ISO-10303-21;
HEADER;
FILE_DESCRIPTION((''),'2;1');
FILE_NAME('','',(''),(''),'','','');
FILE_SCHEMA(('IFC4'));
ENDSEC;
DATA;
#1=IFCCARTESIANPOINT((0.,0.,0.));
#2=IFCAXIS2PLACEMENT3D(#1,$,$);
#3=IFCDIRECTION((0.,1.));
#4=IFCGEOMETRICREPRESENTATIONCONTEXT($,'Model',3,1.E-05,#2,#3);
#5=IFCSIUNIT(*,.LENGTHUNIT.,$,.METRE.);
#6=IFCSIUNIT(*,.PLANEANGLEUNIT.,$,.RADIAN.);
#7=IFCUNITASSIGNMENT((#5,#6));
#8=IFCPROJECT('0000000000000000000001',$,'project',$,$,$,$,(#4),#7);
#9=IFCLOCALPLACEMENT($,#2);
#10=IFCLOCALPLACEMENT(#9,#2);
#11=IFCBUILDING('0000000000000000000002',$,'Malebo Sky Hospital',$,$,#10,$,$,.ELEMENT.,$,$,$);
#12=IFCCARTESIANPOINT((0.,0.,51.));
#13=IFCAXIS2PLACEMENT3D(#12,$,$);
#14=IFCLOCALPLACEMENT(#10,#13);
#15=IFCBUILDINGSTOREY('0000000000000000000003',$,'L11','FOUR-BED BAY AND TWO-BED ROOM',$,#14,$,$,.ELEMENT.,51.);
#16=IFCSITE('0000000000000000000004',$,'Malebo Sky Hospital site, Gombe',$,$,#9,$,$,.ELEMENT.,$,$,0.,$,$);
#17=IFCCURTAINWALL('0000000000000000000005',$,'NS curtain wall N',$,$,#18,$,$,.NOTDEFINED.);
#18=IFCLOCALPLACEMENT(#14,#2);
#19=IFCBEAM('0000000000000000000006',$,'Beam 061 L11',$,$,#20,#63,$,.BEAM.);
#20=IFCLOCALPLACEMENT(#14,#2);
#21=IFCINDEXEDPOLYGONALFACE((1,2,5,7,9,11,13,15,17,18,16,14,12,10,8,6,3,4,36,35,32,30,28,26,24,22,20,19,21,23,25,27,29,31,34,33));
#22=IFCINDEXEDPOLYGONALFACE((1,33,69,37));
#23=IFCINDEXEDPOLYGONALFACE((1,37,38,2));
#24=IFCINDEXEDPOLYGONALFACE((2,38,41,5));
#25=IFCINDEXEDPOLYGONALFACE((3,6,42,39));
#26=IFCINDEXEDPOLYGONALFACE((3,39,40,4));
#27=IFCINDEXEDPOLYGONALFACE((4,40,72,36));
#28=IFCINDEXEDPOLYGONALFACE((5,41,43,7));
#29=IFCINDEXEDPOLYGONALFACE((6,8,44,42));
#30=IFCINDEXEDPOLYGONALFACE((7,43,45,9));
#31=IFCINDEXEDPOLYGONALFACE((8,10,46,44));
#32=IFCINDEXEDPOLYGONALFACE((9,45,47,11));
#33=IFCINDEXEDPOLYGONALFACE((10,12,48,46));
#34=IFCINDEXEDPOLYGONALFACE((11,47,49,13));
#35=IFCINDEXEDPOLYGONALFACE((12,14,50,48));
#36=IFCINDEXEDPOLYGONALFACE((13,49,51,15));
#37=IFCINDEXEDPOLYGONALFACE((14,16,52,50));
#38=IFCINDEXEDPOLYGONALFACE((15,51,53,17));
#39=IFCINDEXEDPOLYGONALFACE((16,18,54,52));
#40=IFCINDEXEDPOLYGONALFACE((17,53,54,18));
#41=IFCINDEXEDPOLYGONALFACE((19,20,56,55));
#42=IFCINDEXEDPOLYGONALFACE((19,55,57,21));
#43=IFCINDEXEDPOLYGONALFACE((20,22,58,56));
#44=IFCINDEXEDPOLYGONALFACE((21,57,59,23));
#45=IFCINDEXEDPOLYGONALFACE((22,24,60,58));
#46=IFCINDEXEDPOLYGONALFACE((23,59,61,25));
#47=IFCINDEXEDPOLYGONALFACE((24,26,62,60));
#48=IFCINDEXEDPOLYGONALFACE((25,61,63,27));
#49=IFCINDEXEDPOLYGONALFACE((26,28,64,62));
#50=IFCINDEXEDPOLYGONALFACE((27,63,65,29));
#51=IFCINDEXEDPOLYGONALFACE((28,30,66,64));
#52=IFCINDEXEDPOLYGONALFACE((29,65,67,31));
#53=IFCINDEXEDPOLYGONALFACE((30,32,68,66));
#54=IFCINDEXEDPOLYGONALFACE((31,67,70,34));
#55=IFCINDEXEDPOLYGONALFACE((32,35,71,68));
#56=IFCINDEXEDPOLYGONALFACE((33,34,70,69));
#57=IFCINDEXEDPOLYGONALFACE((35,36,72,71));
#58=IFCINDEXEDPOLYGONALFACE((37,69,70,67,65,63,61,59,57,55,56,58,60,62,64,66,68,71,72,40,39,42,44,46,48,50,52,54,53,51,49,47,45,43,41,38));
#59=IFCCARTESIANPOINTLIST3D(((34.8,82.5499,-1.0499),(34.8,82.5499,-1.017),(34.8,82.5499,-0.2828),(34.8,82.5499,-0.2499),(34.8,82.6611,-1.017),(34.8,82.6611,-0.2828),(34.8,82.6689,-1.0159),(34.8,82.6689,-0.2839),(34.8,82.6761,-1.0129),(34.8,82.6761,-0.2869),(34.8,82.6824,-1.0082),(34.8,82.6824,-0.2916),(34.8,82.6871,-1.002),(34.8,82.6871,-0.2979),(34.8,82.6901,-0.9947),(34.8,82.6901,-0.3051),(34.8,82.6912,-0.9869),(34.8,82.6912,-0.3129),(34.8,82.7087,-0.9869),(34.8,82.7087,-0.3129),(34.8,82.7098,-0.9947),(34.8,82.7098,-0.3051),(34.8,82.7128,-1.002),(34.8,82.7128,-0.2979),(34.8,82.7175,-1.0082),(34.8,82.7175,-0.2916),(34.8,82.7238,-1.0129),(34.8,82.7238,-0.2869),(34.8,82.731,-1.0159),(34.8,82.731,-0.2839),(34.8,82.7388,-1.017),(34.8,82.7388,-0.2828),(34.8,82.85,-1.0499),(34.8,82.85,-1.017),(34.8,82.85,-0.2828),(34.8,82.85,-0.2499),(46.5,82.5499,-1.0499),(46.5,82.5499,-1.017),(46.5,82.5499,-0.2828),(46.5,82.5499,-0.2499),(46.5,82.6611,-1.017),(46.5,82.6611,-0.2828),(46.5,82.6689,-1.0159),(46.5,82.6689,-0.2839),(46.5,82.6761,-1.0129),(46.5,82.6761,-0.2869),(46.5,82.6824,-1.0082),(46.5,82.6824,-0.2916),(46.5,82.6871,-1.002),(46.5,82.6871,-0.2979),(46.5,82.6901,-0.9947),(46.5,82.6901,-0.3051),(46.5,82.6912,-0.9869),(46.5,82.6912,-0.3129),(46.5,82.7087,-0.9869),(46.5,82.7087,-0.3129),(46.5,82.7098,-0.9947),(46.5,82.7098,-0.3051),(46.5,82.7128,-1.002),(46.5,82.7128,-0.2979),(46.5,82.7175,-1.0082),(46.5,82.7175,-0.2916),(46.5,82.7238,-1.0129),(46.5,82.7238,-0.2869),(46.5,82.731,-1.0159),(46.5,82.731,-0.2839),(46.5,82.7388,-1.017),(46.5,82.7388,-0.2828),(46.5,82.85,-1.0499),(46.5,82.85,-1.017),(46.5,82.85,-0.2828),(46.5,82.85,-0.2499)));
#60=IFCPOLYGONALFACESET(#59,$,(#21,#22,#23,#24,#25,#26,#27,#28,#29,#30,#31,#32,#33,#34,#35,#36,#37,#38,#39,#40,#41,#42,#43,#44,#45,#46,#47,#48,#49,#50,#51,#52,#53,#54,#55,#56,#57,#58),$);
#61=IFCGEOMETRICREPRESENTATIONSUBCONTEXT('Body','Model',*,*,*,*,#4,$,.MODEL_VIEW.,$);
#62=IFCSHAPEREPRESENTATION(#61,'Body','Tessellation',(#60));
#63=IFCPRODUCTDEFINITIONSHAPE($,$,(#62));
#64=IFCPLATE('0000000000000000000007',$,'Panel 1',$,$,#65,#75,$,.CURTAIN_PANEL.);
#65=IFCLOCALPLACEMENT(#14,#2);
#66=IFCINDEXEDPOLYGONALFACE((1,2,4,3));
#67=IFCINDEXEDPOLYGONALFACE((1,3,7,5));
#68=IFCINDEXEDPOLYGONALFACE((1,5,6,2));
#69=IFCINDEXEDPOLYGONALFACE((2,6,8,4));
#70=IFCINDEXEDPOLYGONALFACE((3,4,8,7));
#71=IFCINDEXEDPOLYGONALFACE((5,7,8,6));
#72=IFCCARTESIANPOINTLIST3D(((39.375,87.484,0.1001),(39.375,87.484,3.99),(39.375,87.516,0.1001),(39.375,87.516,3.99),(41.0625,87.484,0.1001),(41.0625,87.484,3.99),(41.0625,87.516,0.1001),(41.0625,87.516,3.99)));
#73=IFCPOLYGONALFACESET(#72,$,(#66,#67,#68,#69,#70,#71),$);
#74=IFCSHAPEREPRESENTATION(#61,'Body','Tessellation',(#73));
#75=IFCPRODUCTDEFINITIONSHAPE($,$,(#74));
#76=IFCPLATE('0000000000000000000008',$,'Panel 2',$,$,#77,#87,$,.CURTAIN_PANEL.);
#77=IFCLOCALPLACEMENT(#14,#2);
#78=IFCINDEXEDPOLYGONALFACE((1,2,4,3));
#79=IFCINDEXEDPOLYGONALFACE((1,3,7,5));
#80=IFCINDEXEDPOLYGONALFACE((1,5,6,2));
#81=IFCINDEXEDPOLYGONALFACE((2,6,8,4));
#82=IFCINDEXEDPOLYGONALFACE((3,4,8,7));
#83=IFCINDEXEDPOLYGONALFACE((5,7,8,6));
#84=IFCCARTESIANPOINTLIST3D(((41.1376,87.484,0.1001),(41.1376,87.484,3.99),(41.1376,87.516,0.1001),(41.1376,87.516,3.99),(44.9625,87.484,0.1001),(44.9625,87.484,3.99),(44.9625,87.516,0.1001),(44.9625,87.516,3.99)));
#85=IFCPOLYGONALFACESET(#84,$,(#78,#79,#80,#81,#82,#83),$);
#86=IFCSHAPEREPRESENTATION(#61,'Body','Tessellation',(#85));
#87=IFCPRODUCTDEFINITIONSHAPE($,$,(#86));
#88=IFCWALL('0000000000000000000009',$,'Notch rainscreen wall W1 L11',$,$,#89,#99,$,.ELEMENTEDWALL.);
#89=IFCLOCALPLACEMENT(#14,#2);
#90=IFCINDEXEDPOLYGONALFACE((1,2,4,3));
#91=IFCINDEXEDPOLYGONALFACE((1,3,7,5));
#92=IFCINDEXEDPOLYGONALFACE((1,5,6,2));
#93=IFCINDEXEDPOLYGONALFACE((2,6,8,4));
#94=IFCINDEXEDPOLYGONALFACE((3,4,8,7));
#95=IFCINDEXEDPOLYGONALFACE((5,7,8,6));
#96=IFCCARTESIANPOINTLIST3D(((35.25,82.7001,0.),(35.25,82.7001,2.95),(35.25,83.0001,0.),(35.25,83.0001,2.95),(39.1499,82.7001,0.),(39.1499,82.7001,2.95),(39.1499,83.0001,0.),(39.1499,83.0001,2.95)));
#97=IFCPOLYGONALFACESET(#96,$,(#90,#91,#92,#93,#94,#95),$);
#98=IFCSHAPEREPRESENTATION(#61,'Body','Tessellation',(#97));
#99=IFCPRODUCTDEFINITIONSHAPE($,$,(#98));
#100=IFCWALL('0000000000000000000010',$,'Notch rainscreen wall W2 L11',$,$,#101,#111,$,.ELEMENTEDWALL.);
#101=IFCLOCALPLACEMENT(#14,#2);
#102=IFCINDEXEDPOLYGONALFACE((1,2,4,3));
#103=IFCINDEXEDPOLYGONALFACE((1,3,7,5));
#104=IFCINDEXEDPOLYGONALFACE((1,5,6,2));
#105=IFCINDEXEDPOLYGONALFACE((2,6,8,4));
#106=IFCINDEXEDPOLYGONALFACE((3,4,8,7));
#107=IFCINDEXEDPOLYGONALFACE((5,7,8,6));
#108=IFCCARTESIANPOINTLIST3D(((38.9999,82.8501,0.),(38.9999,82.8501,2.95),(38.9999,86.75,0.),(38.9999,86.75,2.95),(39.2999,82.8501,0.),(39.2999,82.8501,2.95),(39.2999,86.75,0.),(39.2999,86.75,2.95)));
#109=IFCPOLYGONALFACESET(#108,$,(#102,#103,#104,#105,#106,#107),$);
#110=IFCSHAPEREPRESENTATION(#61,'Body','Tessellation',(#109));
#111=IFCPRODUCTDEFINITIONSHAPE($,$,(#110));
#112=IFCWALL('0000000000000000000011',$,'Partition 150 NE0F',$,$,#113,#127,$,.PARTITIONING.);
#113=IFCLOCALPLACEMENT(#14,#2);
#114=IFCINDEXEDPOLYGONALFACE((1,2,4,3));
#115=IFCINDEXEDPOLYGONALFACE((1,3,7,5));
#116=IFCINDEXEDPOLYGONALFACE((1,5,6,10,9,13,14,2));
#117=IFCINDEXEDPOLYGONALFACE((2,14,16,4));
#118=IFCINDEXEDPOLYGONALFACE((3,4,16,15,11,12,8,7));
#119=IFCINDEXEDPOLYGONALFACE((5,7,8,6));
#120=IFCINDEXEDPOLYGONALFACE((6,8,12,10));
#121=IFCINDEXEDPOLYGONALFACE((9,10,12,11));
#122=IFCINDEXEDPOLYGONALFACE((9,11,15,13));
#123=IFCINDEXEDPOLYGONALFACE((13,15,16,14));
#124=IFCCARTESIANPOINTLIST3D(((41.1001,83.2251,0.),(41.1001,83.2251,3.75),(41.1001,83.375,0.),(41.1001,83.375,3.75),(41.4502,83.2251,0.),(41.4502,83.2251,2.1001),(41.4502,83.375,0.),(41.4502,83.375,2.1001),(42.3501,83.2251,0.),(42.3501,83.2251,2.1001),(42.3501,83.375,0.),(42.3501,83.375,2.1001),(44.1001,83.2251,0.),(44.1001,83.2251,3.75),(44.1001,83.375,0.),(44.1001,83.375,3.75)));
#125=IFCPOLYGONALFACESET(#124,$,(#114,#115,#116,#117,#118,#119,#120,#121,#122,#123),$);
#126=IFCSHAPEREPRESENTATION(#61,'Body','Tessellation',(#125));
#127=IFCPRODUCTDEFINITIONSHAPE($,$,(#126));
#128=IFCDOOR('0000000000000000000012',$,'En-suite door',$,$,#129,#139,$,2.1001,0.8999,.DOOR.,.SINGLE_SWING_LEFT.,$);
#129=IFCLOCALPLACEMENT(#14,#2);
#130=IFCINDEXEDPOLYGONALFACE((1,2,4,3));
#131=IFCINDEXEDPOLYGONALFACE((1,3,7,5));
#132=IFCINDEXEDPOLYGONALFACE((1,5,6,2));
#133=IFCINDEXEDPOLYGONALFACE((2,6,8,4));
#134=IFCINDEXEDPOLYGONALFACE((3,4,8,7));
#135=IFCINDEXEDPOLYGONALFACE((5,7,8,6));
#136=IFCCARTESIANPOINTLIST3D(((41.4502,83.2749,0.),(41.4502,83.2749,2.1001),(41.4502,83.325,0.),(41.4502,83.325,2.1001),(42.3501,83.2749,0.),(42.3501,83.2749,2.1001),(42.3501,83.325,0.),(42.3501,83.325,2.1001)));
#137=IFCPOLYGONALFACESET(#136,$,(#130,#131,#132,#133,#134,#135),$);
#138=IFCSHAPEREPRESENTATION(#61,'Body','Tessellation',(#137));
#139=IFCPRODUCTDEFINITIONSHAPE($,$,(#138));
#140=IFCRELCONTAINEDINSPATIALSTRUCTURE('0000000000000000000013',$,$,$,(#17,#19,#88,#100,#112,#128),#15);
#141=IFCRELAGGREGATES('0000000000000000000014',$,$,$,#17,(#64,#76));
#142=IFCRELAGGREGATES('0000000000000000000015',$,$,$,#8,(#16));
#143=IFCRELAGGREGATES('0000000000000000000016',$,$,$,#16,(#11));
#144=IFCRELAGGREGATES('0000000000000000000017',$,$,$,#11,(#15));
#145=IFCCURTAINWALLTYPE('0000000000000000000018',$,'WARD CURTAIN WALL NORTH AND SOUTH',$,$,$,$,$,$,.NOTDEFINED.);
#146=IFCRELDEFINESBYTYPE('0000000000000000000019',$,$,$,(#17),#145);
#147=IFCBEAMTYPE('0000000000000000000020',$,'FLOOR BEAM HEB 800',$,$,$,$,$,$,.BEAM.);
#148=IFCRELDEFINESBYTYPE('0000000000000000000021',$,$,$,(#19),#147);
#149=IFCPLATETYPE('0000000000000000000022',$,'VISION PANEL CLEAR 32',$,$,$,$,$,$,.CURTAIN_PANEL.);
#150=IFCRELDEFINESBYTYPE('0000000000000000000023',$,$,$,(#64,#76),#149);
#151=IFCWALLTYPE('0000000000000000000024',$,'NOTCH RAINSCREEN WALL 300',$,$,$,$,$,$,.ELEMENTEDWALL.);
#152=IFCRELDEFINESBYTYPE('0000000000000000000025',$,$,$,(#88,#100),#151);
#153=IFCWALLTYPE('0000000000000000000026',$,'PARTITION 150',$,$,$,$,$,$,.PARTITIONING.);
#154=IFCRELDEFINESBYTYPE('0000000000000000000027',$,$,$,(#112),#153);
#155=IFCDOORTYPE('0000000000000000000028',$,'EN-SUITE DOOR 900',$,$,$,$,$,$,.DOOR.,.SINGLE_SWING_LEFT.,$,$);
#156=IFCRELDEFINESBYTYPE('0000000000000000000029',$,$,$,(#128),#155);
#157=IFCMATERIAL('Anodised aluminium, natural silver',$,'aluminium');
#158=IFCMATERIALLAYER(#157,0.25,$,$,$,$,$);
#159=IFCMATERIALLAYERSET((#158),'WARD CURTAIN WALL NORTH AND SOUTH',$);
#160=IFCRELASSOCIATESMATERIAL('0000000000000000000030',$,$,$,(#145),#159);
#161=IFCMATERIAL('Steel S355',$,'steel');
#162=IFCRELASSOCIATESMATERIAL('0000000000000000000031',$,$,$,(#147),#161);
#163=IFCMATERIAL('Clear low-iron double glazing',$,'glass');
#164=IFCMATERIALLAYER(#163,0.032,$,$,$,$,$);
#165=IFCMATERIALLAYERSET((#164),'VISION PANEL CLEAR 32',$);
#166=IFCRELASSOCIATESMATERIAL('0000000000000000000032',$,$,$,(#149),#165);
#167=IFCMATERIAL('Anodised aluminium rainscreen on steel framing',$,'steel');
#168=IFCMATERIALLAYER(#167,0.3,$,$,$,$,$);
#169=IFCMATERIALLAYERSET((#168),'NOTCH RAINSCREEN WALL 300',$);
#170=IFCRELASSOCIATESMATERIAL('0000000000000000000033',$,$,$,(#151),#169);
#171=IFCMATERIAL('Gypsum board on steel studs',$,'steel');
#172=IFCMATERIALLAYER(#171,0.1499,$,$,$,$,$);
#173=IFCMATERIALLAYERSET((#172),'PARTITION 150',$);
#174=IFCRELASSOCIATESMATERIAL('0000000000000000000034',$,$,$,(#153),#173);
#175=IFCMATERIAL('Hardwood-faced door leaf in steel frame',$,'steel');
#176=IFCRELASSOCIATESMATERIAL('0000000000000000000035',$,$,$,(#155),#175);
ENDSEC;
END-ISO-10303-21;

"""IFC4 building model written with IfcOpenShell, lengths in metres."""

from ifc_helpers import new_model, si_unit, direction, frame, frame_2d, origin, origin_2d, place, context, subcontext, project, spatial, rectangle, i_section, extrude, material, layer, layer_set, material_profile, profile_set, type_object, element, fill, aggregate, save


model = new_model("IFC4")

# Units and contexts
model_context = context("Model", 3, precision=1e-05, world=origin(), true_north=direction((0.0, 1.0)))
body_context = subcontext(model_context, "Body", "Model", "MODEL_VIEW")
ifc_project = project(units=[si_unit("LENGTHUNIT", "METRE"), si_unit("PLANEANGLEUNIT", "RADIAN")], contexts=[model_context])

# Site, building, storey
site_placement = place(None, origin())
site = spatial("IfcSite", under=ifc_project, at=site_placement, Name="Malebo Sky Hospital site, Gombe", CompositionType="ELEMENT", RefElevation=0.0)
building_placement = place(site_placement, origin())
building = spatial("IfcBuilding", under=site, at=building_placement, Name="Malebo Sky Hospital", CompositionType="ELEMENT")
storey_placement = place(building_placement, frame((0.0, 0.0, 51.0)))
storey = spatial("IfcBuildingStorey", under=building, at=storey_placement, Name="L11", Description="FOUR-BED BAY AND TWO-BED ROOM", CompositionType="ELEMENT", Elevation=51.0)

# Curtain wall
ifc_material_1 = material(Name="Anodised aluminium, natural silver", Category="aluminium")
ifc_layer_1 = layer(ifc_material_1, 0.25)
ifc_layer_set_1 = layer_set([ifc_layer_1], Name="WARD CURTAIN WALL NORTH AND SOUTH")
curtain_wall_type_1 = type_object("IfcCurtainWallType", Name="WARD CURTAIN WALL NORTH AND SOUTH", PredefinedType="NOTDEFINED", material=ifc_layer_set_1)
curtain_wall_1_placement = place(storey_placement, origin())
curtain_wall_1 = element("IfcCurtainWall", 1, at=curtain_wall_1_placement, inside=storey, type_object=curtain_wall_type_1, Name="NS curtain wall N", PredefinedType="NOTDEFINED")

# Beam
ifc_material_2 = material(Name="Steel S355", Category="steel")
ifc_material_profile_1 = material_profile(ifc_material_2, i_section(OverallWidth=0.3, OverallDepth=0.8, WebThickness=0.0176, FlangeThickness=0.033, FilletRadius=0.03, at=origin_2d()), Name="HEB 800")
ifc_profile_set_1 = profile_set([ifc_material_profile_1], Name="Steel S355")
beam_type_1 = type_object("IfcBeamType", Name="FLOOR BEAM HEB 800", PredefinedType="BEAM", material=ifc_profile_set_1)
beam_1_placement = place(storey_placement, frame((34.8, 82.7, -0.6499), z_axis=(1.0, 0.0, 0.0), x_axis=(0.0, 1.0, 0.0)))
element("IfcBeam", 2, at=beam_1_placement, inside=storey, type_object=beam_type_1, Name="Beam 061 L11", PredefinedType="BEAM", context=body_context, shape_type="SweptSolid", body=[
    extrude(i_section(OverallWidth=0.3, OverallDepth=0.8, WebThickness=0.0176, FlangeThickness=0.033, FilletRadius=0.03, at=origin_2d()), origin(), (0.0, 0.0, 1.0), 11.7),
])

# Plates
ifc_material_3 = material(Name="Clear low-iron double glazing", Category="glass")
ifc_layer_2 = layer(ifc_material_3, 0.032)
ifc_layer_set_2 = layer_set([ifc_layer_2], Name="VISION PANEL CLEAR 32")
plate_type = type_object("IfcPlateType", Name="VISION PANEL CLEAR 32", PredefinedType="CURTAIN_PANEL", material=ifc_layer_set_2)
plate_1_placement = place(storey_placement, frame((40.2188, 87.5, 0.1001), z_axis=(0.0, 0.0, 1.0), x_axis=(1.0, 0.0, 0.0)))
plate_1 = element("IfcPlate", 3, at=plate_1_placement, type_object=plate_type, Name="Panel 1", PredefinedType="CURTAIN_PANEL", context=body_context, shape_type="SweptSolid", body=[
    extrude(rectangle(XDim=1.6875, YDim=0.032, at=origin_2d()), origin(), (0.0, 0.0, 1.0), 3.8899),
])
plate_2_placement = place(storey_placement, frame((43.05, 87.5, 0.1001), z_axis=(0.0, 0.0, 1.0), x_axis=(1.0, 0.0, 0.0)))
plate_2 = element("IfcPlate", 4, at=plate_2_placement, type_object=plate_type, Name="Panel 2", PredefinedType="CURTAIN_PANEL", context=body_context, shape_type="SweptSolid", body=[
    extrude(rectangle(XDim=3.825, YDim=0.032, at=origin_2d()), origin(), (0.0, 0.0, 1.0), 3.8899),
])
aggregate(curtain_wall_1, [plate_1, plate_2])

# Walls
ifc_material_4 = material(Name="Anodised aluminium rainscreen on steel framing", Category="steel")
ifc_layer_3 = layer(ifc_material_4, 0.3)
ifc_layer_set_3 = layer_set([ifc_layer_3], Name="NOTCH RAINSCREEN WALL 300")
wall_type_1 = type_object("IfcWallType", Name="NOTCH RAINSCREEN WALL 300", PredefinedType="ELEMENTEDWALL", material=ifc_layer_set_3)
for number, where, z_axis, x_axis, name in (
    (5, (35.25, 82.8501, 0.0), (0.0, 0.0, 1.0), (1.0, 0.0, 0.0), "Notch rainscreen wall W1 L11"),
    (6, (39.1499, 82.8501, 0.0), (0.0, 0.0, 1.0), (0.0, 1.0, 0.0), "Notch rainscreen wall W2 L11"),
):
    element("IfcWall", number, at=place(storey_placement, frame(where, z_axis=z_axis, x_axis=x_axis)), inside=storey, type_object=wall_type_1, Name=name, PredefinedType="ELEMENTEDWALL", context=body_context, shape_type="SweptSolid", body=[
        extrude(rectangle(XDim=3.8999, YDim=0.3, at=frame_2d((1.95, 0.0))), origin(), (0.0, 0.0, 1.0), 2.95),
    ])

# Wall, opening, door
ifc_material_5 = material(Name="Gypsum board on steel studs", Category="steel")
ifc_layer_4 = layer(ifc_material_5, 0.1499)
ifc_layer_set_4 = layer_set([ifc_layer_4], Name="PARTITION 150")
wall_type_2 = type_object("IfcWallType", Name="PARTITION 150", PredefinedType="PARTITIONING", material=ifc_layer_set_4)
wall_placement = place(storey_placement, frame((41.1001, 83.3, 0.0), z_axis=(0.0, 0.0, 1.0), x_axis=(1.0, 0.0, 0.0)))
wall = element("IfcWall", 7, at=wall_placement, inside=storey, type_object=wall_type_2, Name="Partition 150 NE0F", PredefinedType="PARTITIONING", context=body_context, shape_type="SweptSolid", body=[
    extrude(rectangle(XDim=3.0, YDim=0.1499, at=frame_2d((1.5, 0.0))), origin(), (0.0, 0.0, 1.0), 3.75),
])
opening_placement = place(wall_placement, frame((0.3501, 0.0, 0.0)))
opening = element("IfcOpeningElement", 8, at=opening_placement, cuts=wall, PredefinedType="OPENING", context=body_context, shape_type="SweptSolid", body=[
    extrude(rectangle(XDim=0.8999, YDim=2.1001, at=frame_2d((0.45, 1.05))), frame((0.0, 0.085, 0.0), z_axis=(0.0, -1.0, 0.0), x_axis=(1.0, 0.0, 0.0)), (0.0, 0.0, 1.0), 0.1699),
])
ifc_material_6 = material(Name="Hardwood-faced door leaf in steel frame", Category="steel")
door_type = type_object("IfcDoorType", Name="EN-SUITE DOOR 900", OperationType="SINGLE_SWING_LEFT", PredefinedType="DOOR", material=ifc_material_6)
door_placement = place(opening_placement, origin())
door = element("IfcDoor", 9, at=door_placement, inside=storey, type_object=door_type, Name="En-suite door", OperationType="SINGLE_SWING_LEFT", OverallHeight=2.1001, OverallWidth=0.8999, PredefinedType="DOOR", context=body_context, shape_type="SweptSolid", body=[
    extrude(rectangle(XDim=0.8999, YDim=2.1001, at=frame_2d((0.45, 1.05))), frame((0.0, 0.0249, 0.0), z_axis=(0.0, -1.0, 0.0), x_axis=(1.0, 0.0, 0.0)), (0.0, 0.0, 1.0), 0.05),
])
fill(opening, door)

save(model, "model.ifc")
